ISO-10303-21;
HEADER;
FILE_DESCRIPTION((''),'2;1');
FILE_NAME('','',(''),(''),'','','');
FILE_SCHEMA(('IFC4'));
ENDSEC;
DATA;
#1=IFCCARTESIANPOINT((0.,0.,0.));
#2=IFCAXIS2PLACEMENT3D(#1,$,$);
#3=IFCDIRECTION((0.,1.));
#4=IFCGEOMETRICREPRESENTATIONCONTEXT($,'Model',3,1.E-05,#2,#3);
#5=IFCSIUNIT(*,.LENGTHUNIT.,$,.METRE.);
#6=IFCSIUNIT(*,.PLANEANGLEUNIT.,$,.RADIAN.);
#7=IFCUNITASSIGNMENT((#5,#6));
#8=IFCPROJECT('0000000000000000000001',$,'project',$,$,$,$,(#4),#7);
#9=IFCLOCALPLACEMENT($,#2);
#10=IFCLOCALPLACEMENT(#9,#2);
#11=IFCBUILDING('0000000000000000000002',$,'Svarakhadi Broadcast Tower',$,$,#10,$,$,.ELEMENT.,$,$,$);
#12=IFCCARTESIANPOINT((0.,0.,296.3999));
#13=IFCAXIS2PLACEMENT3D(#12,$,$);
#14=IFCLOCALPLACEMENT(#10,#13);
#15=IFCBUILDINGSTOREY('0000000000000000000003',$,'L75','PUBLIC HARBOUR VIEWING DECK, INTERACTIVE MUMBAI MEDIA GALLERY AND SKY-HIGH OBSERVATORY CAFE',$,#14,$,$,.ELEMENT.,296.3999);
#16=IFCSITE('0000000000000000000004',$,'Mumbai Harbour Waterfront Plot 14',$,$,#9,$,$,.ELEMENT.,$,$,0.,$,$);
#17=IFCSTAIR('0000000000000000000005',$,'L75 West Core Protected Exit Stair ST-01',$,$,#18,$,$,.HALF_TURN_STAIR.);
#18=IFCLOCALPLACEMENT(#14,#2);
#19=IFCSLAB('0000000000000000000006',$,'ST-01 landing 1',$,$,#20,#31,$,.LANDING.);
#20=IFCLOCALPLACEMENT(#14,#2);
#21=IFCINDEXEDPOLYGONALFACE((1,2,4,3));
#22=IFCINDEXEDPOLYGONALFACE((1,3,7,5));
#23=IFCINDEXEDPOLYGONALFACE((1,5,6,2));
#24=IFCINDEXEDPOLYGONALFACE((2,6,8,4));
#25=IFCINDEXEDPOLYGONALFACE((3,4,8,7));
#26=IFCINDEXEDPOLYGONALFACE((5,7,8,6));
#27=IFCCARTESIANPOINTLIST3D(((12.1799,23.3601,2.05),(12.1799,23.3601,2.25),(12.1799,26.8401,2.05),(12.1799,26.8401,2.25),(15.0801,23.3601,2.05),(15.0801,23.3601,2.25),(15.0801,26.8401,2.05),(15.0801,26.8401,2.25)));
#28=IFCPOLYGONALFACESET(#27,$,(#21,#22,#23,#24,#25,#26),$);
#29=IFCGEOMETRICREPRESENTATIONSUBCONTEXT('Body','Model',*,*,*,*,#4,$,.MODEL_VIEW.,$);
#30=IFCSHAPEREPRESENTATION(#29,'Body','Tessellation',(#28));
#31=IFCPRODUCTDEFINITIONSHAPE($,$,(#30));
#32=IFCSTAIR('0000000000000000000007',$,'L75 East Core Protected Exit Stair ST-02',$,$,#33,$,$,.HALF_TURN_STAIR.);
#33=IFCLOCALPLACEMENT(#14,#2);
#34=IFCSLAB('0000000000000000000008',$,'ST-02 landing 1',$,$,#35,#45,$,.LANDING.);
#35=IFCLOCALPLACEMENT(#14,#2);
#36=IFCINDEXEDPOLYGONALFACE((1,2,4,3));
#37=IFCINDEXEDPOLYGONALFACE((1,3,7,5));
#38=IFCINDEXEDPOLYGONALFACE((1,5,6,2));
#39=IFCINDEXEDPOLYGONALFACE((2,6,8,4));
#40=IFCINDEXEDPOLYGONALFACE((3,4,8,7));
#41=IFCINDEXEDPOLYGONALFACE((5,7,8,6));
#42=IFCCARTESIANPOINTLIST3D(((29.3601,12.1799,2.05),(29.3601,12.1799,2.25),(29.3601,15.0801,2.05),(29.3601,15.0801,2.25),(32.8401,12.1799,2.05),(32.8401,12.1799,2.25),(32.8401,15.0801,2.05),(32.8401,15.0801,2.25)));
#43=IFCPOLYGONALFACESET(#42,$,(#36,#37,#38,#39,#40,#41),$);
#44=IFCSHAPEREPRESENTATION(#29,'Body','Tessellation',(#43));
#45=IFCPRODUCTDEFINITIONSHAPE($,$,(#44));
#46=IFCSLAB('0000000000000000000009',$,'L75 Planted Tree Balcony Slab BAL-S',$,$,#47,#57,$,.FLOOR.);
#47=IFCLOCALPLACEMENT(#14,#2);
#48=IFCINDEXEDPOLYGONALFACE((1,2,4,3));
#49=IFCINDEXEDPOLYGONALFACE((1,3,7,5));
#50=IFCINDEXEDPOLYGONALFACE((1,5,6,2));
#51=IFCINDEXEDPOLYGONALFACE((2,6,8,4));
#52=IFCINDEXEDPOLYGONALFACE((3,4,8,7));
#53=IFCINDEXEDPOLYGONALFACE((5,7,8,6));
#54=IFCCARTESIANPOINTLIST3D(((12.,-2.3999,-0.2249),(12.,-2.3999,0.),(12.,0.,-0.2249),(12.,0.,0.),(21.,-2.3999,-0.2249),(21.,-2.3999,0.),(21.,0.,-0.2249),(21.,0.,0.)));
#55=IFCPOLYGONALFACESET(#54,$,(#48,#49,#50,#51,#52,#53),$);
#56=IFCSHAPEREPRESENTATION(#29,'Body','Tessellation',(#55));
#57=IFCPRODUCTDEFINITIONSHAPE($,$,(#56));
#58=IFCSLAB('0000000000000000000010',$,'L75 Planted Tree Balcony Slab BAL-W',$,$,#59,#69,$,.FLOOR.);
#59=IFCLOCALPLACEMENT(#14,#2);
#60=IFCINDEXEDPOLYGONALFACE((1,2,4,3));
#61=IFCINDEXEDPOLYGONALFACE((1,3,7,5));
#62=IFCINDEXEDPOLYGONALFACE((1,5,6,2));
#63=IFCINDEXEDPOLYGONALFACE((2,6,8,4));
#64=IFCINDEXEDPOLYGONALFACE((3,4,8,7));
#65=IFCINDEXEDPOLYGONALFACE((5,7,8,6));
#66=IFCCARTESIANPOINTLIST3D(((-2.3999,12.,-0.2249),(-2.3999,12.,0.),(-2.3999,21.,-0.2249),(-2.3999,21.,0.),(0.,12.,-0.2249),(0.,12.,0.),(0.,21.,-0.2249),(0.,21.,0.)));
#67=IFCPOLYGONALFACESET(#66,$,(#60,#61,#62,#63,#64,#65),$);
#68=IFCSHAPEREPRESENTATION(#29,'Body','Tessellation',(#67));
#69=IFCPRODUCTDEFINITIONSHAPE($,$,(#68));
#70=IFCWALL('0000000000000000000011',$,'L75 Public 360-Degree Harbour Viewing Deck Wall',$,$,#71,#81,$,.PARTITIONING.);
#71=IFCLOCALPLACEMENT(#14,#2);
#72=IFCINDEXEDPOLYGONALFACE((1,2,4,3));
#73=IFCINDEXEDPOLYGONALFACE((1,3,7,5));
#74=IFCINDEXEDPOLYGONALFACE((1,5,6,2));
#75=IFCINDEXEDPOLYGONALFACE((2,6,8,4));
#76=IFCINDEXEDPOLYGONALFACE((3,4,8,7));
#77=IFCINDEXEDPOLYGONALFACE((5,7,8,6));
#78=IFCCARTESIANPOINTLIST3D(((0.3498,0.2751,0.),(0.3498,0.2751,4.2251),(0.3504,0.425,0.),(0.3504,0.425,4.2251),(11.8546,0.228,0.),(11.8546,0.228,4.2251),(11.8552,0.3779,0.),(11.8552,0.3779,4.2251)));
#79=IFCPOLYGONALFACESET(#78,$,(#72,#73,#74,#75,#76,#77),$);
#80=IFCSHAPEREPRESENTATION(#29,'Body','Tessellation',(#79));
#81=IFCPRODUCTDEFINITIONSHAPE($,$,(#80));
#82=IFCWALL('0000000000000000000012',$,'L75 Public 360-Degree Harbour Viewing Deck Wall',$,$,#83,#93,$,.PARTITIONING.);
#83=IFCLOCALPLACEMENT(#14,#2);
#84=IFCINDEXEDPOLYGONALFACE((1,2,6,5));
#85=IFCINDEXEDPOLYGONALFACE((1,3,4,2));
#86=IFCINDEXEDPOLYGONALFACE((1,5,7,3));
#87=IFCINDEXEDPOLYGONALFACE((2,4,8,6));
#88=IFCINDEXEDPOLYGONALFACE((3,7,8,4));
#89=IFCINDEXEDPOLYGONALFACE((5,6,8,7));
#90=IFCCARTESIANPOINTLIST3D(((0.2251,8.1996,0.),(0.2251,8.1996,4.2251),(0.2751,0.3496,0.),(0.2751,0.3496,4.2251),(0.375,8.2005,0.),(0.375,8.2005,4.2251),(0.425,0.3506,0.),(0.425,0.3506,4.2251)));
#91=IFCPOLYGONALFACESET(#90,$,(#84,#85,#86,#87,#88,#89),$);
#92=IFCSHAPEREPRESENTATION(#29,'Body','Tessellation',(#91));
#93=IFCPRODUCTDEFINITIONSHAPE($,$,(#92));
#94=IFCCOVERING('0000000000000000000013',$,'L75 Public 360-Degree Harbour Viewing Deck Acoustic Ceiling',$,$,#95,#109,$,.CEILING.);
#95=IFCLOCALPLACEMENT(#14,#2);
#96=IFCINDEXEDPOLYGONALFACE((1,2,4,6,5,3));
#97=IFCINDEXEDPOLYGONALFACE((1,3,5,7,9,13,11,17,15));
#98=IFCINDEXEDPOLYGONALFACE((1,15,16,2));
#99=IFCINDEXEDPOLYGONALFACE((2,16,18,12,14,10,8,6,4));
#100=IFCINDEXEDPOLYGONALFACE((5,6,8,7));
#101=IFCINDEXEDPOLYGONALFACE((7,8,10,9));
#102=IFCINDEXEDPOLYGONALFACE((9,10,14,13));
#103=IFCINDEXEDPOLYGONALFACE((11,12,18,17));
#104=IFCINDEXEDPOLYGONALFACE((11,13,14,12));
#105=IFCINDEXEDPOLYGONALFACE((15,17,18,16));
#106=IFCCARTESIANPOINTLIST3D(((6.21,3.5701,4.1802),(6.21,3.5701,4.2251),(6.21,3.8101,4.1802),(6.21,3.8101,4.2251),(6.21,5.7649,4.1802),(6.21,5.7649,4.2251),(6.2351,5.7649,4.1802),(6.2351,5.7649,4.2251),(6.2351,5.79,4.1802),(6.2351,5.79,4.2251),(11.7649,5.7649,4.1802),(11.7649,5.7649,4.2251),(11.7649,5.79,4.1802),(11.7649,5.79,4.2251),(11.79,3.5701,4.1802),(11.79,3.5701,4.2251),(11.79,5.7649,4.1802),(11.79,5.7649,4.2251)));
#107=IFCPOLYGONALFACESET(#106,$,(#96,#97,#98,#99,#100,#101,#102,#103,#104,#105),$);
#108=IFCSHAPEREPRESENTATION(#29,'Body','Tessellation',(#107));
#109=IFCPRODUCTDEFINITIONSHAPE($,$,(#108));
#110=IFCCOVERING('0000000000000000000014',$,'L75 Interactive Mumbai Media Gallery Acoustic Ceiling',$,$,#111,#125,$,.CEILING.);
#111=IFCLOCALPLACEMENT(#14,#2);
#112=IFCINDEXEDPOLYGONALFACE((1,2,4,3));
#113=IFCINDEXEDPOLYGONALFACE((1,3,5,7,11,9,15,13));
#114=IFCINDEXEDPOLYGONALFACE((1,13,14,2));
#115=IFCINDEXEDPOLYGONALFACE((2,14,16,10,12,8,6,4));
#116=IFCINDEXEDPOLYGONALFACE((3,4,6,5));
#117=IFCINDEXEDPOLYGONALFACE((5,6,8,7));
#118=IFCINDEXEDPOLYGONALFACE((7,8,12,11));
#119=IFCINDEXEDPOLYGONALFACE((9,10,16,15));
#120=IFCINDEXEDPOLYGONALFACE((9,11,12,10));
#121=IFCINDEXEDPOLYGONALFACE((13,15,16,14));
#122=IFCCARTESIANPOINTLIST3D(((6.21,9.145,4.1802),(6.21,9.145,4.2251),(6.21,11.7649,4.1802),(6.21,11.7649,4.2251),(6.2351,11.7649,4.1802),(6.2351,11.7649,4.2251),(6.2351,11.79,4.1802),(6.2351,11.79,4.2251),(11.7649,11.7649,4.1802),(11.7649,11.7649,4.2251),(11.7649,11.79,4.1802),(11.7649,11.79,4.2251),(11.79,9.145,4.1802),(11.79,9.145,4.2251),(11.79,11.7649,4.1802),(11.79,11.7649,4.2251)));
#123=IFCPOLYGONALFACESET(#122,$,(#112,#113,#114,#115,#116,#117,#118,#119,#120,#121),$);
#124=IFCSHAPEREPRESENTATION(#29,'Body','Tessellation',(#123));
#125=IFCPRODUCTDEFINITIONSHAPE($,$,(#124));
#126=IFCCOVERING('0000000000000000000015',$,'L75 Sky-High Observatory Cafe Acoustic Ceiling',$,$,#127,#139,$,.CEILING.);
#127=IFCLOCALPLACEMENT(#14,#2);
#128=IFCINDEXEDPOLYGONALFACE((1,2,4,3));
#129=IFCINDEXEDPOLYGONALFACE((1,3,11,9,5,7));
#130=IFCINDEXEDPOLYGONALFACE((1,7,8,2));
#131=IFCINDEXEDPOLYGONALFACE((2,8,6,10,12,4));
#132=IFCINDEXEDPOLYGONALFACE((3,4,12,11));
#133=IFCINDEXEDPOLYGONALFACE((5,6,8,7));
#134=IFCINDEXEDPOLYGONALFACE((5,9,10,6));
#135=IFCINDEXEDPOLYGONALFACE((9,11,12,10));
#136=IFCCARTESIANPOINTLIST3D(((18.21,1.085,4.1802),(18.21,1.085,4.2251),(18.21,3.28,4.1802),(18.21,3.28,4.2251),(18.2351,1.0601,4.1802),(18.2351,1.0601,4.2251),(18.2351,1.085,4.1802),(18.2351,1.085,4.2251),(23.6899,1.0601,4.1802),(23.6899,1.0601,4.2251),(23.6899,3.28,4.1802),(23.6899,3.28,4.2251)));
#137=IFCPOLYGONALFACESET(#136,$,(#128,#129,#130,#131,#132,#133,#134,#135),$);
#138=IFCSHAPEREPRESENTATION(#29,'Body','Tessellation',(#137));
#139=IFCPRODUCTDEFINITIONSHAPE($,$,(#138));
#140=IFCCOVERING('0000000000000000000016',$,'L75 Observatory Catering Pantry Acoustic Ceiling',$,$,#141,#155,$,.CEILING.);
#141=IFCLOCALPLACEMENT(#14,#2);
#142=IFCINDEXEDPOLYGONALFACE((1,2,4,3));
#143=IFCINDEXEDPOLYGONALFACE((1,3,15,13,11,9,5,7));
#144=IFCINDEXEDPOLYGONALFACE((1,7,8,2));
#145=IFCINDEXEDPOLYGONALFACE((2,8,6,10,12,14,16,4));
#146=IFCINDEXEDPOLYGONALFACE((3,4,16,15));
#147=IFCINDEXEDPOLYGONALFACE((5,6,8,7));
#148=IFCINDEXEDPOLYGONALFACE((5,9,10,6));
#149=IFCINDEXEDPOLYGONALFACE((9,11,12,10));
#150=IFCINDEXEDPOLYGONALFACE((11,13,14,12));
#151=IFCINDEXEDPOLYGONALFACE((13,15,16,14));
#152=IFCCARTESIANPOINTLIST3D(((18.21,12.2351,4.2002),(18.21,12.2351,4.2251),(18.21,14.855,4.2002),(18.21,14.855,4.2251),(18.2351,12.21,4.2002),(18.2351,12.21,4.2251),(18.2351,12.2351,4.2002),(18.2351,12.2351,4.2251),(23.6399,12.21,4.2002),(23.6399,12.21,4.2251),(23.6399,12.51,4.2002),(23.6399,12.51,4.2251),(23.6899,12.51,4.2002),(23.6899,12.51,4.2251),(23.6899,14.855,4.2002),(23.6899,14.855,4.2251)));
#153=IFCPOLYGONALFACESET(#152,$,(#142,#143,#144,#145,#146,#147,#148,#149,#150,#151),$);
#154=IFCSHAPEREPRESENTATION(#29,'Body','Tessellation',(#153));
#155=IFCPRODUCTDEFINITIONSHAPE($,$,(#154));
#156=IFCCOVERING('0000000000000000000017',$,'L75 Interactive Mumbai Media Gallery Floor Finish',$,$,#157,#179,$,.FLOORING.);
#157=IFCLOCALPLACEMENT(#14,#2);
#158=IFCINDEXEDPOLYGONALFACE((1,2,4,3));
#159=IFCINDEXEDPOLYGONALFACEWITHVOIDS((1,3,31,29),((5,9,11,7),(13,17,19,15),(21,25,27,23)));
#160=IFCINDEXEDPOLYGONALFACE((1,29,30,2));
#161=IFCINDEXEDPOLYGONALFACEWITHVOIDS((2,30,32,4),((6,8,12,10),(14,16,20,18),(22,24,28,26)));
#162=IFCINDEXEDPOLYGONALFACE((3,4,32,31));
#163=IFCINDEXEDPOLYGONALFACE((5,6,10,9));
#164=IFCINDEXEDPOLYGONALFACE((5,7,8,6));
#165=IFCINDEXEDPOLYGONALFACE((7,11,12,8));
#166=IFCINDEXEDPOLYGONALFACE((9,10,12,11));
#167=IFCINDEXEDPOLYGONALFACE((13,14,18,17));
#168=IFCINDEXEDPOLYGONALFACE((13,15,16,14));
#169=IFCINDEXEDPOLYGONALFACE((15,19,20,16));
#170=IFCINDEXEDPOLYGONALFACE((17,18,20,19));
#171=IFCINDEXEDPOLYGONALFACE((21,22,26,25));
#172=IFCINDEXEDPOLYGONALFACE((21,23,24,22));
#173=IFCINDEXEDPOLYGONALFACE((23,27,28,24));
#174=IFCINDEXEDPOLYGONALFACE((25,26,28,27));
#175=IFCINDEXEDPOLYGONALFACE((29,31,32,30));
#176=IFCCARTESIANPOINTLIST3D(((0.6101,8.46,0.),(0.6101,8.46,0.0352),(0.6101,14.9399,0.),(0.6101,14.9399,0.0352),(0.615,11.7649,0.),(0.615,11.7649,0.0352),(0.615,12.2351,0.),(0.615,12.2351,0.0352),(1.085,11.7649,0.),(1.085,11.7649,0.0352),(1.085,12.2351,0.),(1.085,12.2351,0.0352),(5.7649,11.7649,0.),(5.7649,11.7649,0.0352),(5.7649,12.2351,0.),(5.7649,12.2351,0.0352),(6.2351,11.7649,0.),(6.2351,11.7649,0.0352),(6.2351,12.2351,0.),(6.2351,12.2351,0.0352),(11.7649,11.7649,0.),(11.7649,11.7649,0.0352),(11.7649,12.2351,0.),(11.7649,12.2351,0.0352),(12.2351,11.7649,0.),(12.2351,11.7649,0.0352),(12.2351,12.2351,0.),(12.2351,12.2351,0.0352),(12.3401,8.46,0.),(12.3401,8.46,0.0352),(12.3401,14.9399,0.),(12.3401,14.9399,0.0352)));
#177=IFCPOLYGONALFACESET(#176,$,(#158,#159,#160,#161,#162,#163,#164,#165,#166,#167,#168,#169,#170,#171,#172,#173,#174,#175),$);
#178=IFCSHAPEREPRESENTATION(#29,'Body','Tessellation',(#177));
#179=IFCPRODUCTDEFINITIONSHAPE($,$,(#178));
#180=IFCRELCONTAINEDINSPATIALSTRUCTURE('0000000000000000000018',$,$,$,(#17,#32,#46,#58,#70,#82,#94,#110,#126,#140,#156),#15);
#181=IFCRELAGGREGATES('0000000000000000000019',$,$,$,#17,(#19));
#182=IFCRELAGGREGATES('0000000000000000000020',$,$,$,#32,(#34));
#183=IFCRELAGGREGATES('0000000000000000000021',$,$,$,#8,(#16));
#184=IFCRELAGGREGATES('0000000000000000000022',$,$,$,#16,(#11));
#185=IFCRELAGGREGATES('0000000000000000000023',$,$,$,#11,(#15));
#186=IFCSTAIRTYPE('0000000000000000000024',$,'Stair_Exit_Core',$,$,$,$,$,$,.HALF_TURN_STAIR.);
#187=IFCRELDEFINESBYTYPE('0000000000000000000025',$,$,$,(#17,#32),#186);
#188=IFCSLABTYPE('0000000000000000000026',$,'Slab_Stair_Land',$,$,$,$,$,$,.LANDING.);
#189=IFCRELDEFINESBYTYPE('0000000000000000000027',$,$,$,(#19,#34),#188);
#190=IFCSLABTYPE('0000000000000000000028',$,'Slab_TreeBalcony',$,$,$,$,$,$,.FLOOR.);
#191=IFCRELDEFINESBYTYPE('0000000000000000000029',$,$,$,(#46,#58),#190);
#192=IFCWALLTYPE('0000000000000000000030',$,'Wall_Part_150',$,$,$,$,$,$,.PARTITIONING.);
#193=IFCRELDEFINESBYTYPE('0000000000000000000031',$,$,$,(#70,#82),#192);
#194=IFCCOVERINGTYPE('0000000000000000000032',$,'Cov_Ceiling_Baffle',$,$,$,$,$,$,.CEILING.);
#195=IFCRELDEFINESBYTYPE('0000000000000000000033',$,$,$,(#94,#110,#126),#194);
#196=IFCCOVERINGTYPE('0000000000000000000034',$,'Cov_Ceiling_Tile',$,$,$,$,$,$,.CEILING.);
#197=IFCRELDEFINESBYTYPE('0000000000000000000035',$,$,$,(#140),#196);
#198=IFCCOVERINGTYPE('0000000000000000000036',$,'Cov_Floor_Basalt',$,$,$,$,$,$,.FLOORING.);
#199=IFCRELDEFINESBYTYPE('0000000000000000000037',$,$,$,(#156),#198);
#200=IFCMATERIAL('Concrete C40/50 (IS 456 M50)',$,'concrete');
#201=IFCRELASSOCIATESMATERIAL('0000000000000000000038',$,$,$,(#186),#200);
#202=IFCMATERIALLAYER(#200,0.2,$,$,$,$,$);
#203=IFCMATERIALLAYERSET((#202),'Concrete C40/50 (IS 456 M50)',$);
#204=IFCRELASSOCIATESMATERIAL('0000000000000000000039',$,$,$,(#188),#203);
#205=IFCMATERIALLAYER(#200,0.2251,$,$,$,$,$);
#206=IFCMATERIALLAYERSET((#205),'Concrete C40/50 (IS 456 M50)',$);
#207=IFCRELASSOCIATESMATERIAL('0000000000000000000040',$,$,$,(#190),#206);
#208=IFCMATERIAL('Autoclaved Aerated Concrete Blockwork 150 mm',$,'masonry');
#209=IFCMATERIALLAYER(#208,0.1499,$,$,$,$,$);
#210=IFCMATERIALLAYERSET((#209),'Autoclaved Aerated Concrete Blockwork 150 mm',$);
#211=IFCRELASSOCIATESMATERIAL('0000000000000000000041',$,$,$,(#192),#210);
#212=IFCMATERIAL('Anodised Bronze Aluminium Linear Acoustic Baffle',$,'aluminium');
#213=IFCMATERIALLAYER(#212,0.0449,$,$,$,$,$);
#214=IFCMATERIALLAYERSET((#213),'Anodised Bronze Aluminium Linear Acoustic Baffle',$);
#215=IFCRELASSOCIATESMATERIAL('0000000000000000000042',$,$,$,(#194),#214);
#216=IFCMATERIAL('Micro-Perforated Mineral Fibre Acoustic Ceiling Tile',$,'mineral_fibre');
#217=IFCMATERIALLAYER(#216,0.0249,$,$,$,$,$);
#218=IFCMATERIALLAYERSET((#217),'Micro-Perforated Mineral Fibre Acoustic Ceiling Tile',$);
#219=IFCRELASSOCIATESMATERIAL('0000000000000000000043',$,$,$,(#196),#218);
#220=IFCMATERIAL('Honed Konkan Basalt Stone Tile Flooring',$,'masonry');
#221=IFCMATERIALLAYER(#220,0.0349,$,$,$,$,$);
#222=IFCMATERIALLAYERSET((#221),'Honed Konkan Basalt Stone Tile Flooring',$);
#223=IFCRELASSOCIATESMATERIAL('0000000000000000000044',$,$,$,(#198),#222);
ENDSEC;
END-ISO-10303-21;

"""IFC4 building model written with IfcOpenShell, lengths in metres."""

from ifc_helpers import new_model, si_unit, direction, frame, frame_2d, origin, place, context, subcontext, project, spatial, polyline, rectangle, outline, extrude, material, layer, layer_set, type_object, element, aggregate, save


model = new_model("IFC4")

# Units and contexts
model_context = context("Model", 3, precision=1e-05, world=origin(), true_north=direction((0.0, 1.0)))
body_context = subcontext(model_context, "Body", "Model", "MODEL_VIEW")
ifc_project = project(units=[si_unit("LENGTHUNIT", "METRE"), si_unit("PLANEANGLEUNIT", "RADIAN")], contexts=[model_context])

# Site, building, storey
site_placement = place(None, origin())
site = spatial("IfcSite", under=ifc_project, at=site_placement, Name="Mumbai Harbour Waterfront Plot 14", CompositionType="ELEMENT", RefElevation=0.0)
building_placement = place(site_placement, origin())
building = spatial("IfcBuilding", under=site, at=building_placement, Name="Svarakhadi Broadcast Tower", CompositionType="ELEMENT")
storey_placement = place(building_placement, frame((0.0, 0.0, 296.3999)))
storey = spatial("IfcBuildingStorey", under=building, at=storey_placement, Name="L75", Description="PUBLIC HARBOUR VIEWING DECK, INTERACTIVE MUMBAI MEDIA GALLERY AND SKY-HIGH OBSERVATORY CAFE", CompositionType="ELEMENT", Elevation=296.3999)

# Shared definitions
ifc_material_1 = material(Name="Concrete C40/50 (IS 456 M50)", Category="concrete")

# Stairs, slabs
stair_type = type_object("IfcStairType", Name="Stair_Exit_Core", PredefinedType="HALF_TURN_STAIR", material=ifc_material_1)
stair_1_placement = place(storey_placement, origin())
stair_1 = element("IfcStair", 1, at=stair_1_placement, inside=storey, type_object=stair_type, Name="L75 West Core Protected Exit Stair ST-01", PredefinedType="HALF_TURN_STAIR")
ifc_layer_1 = layer(ifc_material_1, 0.2)
ifc_layer_set_1 = layer_set([ifc_layer_1], Name="Concrete C40/50 (IS 456 M50)")
slab_type_1 = type_object("IfcSlabType", Name="Slab_Stair_Land", PredefinedType="LANDING", material=ifc_layer_set_1)
slab_1_placement = place(storey_placement, frame((0.0, 0.0, 2.05)))
slab_1 = element("IfcSlab", 2, at=slab_1_placement, type_object=slab_type_1, Name="ST-01 landing 1", PredefinedType="LANDING", context=body_context, shape_type="SweptSolid", body=[
    extrude(outline(polyline([(12.1799, 23.3601), (15.0801, 23.3601), (15.0801, 26.8401), (12.1799, 26.8401), (12.1799, 23.3601)])), origin(), (0.0, 0.0, 1.0), 0.2),
])
aggregate(stair_1, [slab_1])
stair_2_placement = place(storey_placement, origin())
stair_2 = element("IfcStair", 3, at=stair_2_placement, inside=storey, type_object=stair_type, Name="L75 East Core Protected Exit Stair ST-02", PredefinedType="HALF_TURN_STAIR")
slab_2_placement = place(storey_placement, frame((0.0, 0.0, 2.05)))
slab_2 = element("IfcSlab", 4, at=slab_2_placement, type_object=slab_type_1, Name="ST-02 landing 1", PredefinedType="LANDING", context=body_context, shape_type="SweptSolid", body=[
    extrude(outline(polyline([(32.8401, 12.1799), (32.8401, 15.0801), (29.3601, 15.0801), (29.3601, 12.1799), (32.8401, 12.1799)])), origin(), (0.0, 0.0, 1.0), 0.2),
])
aggregate(stair_2, [slab_2])

# Slabs
ifc_layer_2 = layer(ifc_material_1, 0.2251)
ifc_layer_set_2 = layer_set([ifc_layer_2], Name="Concrete C40/50 (IS 456 M50)")
slab_type_2 = type_object("IfcSlabType", Name="Slab_TreeBalcony", PredefinedType="FLOOR", material=ifc_layer_set_2)
slab_3_placement = place(storey_placement, frame((0.0, 0.0, -0.2249)))
element("IfcSlab", 5, at=slab_3_placement, inside=storey, type_object=slab_type_2, Name="L75 Planted Tree Balcony Slab BAL-S", PredefinedType="FLOOR", context=body_context, shape_type="SweptSolid", body=[
    extrude(outline(polyline([(12.0, -2.3999), (21.0, -2.3999), (21.0, 0.0), (12.0, 0.0), (12.0, -2.3999)])), origin(), (0.0, 0.0, 1.0), 0.2249),
])
slab_4_placement = place(storey_placement, frame((0.0, 0.0, -0.2249)))
element("IfcSlab", 6, at=slab_4_placement, inside=storey, type_object=slab_type_2, Name="L75 Planted Tree Balcony Slab BAL-W", PredefinedType="FLOOR", context=body_context, shape_type="SweptSolid", body=[
    extrude(outline(polyline([(-2.3999, 12.0), (0.0, 12.0), (0.0, 21.0), (-2.3999, 21.0), (-2.3999, 12.0)])), origin(), (0.0, 0.0, 1.0), 0.2249),
])

# Walls
ifc_material_2 = material(Name="Autoclaved Aerated Concrete Blockwork 150 mm", Category="masonry")
ifc_layer_3 = layer(ifc_material_2, 0.1499)
ifc_layer_set_3 = layer_set([ifc_layer_3], Name="Autoclaved Aerated Concrete Blockwork 150 mm")
wall_type = type_object("IfcWallType", Name="Wall_Part_150", PredefinedType="PARTITIONING", material=ifc_layer_set_3)
wall_1_placement = place(storey_placement, frame((0.3501, 0.3501, 0.0), z_axis=(0.0, 0.0, 1.0), x_axis=(0.999992, -0.004096, 0.0)))
element("IfcWall", 7, at=wall_1_placement, inside=storey, type_object=wall_type, Name="L75 Public 360-Degree Harbour Viewing Deck Wall", PredefinedType="PARTITIONING", context=body_context, shape_type="SweptSolid", body=[
    extrude(rectangle(XDim=11.5049, YDim=0.1499, at=frame_2d((5.7524, 0.0))), origin(), (0.0, 0.0, 1.0), 4.2251),
])
wall_2_placement = place(storey_placement, frame((0.3501, 0.3501, 0.0), z_axis=(0.0, 0.0, 1.0), x_axis=(-0.006376, 0.99998, 0.0)))
element("IfcWall", 8, at=wall_2_placement, inside=storey, type_object=wall_type, Name="L75 Public 360-Degree Harbour Viewing Deck Wall", PredefinedType="PARTITIONING", context=body_context, shape_type="SweptSolid", body=[
    extrude(rectangle(XDim=7.8501, YDim=0.1499, at=frame_2d((3.925, 0.0))), origin(), (0.0, 0.0, 1.0), 4.2251),
])

# Coverings
ifc_material_3 = material(Name="Anodised Bronze Aluminium Linear Acoustic Baffle", Category="aluminium")
ifc_layer_4 = layer(ifc_material_3, 0.0449)
ifc_layer_set_4 = layer_set([ifc_layer_4], Name="Anodised Bronze Aluminium Linear Acoustic Baffle")
covering_type_1 = type_object("IfcCoveringType", Name="Cov_Ceiling_Baffle", PredefinedType="CEILING", material=ifc_layer_set_4)
covering_1_placement = place(storey_placement, frame((0.0, 0.0, 4.1802)))
element("IfcCovering", 9, at=covering_1_placement, inside=storey, type_object=covering_type_1, Name="L75 Public 360-Degree Harbour Viewing Deck Acoustic Ceiling", PredefinedType="CEILING", context=body_context, shape_type="SweptSolid", body=[
    extrude(outline(polyline([(6.2351, 5.7649), (6.2351, 5.79), (11.7649, 5.79), (11.7649, 5.7649), (11.79, 5.7649), (11.79, 3.5701), (6.21, 3.5701), (6.21, 3.8101), (6.21, 5.7649), (6.2351, 5.7649)])), origin(), (0.0, 0.0, 1.0), 0.0449),
])
covering_2_placement = place(storey_placement, frame((0.0, 0.0, 4.1802)))
element("IfcCovering", 10, at=covering_2_placement, inside=storey, type_object=covering_type_1, Name="L75 Interactive Mumbai Media Gallery Acoustic Ceiling", PredefinedType="CEILING", context=body_context, shape_type="SweptSolid", body=[
    extrude(outline(polyline([(6.2351, 11.7649), (6.2351, 11.79), (11.7649, 11.79), (11.7649, 11.7649), (11.79, 11.7649), (11.79, 9.145), (6.21, 9.145), (6.21, 11.7649), (6.2351, 11.7649)])), origin(), (0.0, 0.0, 1.0), 0.0449),
])
covering_3_placement = place(storey_placement, frame((0.0, 0.0, 4.1802)))
element("IfcCovering", 11, at=covering_3_placement, inside=storey, type_object=covering_type_1, Name="L75 Sky-High Observatory Cafe Acoustic Ceiling", PredefinedType="CEILING", context=body_context, shape_type="SweptSolid", body=[
    extrude(outline(polyline([(23.6899, 1.0601), (18.2351, 1.0601), (18.2351, 1.085), (18.21, 1.085), (18.21, 3.28), (23.6899, 3.28), (23.6899, 1.0601)])), origin(), (0.0, 0.0, 1.0), 0.0449),
])
ifc_material_4 = material(Name="Micro-Perforated Mineral Fibre Acoustic Ceiling Tile", Category="mineral_fibre")
ifc_layer_5 = layer(ifc_material_4, 0.0249)
ifc_layer_set_5 = layer_set([ifc_layer_5], Name="Micro-Perforated Mineral Fibre Acoustic Ceiling Tile")
covering_type_2 = type_object("IfcCoveringType", Name="Cov_Ceiling_Tile", PredefinedType="CEILING", material=ifc_layer_set_5)
covering_4_placement = place(storey_placement, frame((0.0, 0.0, 4.2002)))
element("IfcCovering", 12, at=covering_4_placement, inside=storey, type_object=covering_type_2, Name="L75 Observatory Catering Pantry Acoustic Ceiling", PredefinedType="CEILING", context=body_context, shape_type="SweptSolid", body=[
    extrude(outline(polyline([(23.6899, 12.51), (23.6399, 12.51), (23.6399, 12.21), (18.2351, 12.21), (18.2351, 12.2351), (18.21, 12.2351), (18.21, 14.855), (23.6899, 14.855), (23.6899, 12.51)])), origin(), (0.0, 0.0, 1.0), 0.0249),
])
ifc_material_5 = material(Name="Honed Konkan Basalt Stone Tile Flooring", Category="masonry")
ifc_layer_6 = layer(ifc_material_5, 0.0349)
ifc_layer_set_6 = layer_set([ifc_layer_6], Name="Honed Konkan Basalt Stone Tile Flooring")
covering_type_3 = type_object("IfcCoveringType", Name="Cov_Floor_Basalt", PredefinedType="FLOORING", material=ifc_layer_set_6)
covering_5_placement = place(storey_placement, origin())
element("IfcCovering", 13, at=covering_5_placement, inside=storey, type_object=covering_type_3, Name="L75 Interactive Mumbai Media Gallery Floor Finish", PredefinedType="FLOORING", context=body_context, shape_type="SweptSolid", body=[
    extrude(outline(polyline([(12.3401, 14.9399), (12.3401, 8.46), (0.6101, 8.46), (0.6101, 14.9399), (12.3401, 14.9399)]), holes=[polyline([(6.2351, 11.7649), (6.2351, 12.2351), (5.7649, 12.2351), (5.7649, 11.7649), (6.2351, 11.7649)]), polyline([(12.2351, 11.7649), (12.2351, 12.2351), (11.7649, 12.2351), (11.7649, 11.7649), (12.2351, 11.7649)]), polyline([(1.085, 11.7649), (1.085, 12.2351), (0.615, 12.2351), (0.615, 11.7649), (1.085, 11.7649)])]), origin(), (0.0, 0.0, 1.0), 0.0352),
])

save(model, "model.ifc")
